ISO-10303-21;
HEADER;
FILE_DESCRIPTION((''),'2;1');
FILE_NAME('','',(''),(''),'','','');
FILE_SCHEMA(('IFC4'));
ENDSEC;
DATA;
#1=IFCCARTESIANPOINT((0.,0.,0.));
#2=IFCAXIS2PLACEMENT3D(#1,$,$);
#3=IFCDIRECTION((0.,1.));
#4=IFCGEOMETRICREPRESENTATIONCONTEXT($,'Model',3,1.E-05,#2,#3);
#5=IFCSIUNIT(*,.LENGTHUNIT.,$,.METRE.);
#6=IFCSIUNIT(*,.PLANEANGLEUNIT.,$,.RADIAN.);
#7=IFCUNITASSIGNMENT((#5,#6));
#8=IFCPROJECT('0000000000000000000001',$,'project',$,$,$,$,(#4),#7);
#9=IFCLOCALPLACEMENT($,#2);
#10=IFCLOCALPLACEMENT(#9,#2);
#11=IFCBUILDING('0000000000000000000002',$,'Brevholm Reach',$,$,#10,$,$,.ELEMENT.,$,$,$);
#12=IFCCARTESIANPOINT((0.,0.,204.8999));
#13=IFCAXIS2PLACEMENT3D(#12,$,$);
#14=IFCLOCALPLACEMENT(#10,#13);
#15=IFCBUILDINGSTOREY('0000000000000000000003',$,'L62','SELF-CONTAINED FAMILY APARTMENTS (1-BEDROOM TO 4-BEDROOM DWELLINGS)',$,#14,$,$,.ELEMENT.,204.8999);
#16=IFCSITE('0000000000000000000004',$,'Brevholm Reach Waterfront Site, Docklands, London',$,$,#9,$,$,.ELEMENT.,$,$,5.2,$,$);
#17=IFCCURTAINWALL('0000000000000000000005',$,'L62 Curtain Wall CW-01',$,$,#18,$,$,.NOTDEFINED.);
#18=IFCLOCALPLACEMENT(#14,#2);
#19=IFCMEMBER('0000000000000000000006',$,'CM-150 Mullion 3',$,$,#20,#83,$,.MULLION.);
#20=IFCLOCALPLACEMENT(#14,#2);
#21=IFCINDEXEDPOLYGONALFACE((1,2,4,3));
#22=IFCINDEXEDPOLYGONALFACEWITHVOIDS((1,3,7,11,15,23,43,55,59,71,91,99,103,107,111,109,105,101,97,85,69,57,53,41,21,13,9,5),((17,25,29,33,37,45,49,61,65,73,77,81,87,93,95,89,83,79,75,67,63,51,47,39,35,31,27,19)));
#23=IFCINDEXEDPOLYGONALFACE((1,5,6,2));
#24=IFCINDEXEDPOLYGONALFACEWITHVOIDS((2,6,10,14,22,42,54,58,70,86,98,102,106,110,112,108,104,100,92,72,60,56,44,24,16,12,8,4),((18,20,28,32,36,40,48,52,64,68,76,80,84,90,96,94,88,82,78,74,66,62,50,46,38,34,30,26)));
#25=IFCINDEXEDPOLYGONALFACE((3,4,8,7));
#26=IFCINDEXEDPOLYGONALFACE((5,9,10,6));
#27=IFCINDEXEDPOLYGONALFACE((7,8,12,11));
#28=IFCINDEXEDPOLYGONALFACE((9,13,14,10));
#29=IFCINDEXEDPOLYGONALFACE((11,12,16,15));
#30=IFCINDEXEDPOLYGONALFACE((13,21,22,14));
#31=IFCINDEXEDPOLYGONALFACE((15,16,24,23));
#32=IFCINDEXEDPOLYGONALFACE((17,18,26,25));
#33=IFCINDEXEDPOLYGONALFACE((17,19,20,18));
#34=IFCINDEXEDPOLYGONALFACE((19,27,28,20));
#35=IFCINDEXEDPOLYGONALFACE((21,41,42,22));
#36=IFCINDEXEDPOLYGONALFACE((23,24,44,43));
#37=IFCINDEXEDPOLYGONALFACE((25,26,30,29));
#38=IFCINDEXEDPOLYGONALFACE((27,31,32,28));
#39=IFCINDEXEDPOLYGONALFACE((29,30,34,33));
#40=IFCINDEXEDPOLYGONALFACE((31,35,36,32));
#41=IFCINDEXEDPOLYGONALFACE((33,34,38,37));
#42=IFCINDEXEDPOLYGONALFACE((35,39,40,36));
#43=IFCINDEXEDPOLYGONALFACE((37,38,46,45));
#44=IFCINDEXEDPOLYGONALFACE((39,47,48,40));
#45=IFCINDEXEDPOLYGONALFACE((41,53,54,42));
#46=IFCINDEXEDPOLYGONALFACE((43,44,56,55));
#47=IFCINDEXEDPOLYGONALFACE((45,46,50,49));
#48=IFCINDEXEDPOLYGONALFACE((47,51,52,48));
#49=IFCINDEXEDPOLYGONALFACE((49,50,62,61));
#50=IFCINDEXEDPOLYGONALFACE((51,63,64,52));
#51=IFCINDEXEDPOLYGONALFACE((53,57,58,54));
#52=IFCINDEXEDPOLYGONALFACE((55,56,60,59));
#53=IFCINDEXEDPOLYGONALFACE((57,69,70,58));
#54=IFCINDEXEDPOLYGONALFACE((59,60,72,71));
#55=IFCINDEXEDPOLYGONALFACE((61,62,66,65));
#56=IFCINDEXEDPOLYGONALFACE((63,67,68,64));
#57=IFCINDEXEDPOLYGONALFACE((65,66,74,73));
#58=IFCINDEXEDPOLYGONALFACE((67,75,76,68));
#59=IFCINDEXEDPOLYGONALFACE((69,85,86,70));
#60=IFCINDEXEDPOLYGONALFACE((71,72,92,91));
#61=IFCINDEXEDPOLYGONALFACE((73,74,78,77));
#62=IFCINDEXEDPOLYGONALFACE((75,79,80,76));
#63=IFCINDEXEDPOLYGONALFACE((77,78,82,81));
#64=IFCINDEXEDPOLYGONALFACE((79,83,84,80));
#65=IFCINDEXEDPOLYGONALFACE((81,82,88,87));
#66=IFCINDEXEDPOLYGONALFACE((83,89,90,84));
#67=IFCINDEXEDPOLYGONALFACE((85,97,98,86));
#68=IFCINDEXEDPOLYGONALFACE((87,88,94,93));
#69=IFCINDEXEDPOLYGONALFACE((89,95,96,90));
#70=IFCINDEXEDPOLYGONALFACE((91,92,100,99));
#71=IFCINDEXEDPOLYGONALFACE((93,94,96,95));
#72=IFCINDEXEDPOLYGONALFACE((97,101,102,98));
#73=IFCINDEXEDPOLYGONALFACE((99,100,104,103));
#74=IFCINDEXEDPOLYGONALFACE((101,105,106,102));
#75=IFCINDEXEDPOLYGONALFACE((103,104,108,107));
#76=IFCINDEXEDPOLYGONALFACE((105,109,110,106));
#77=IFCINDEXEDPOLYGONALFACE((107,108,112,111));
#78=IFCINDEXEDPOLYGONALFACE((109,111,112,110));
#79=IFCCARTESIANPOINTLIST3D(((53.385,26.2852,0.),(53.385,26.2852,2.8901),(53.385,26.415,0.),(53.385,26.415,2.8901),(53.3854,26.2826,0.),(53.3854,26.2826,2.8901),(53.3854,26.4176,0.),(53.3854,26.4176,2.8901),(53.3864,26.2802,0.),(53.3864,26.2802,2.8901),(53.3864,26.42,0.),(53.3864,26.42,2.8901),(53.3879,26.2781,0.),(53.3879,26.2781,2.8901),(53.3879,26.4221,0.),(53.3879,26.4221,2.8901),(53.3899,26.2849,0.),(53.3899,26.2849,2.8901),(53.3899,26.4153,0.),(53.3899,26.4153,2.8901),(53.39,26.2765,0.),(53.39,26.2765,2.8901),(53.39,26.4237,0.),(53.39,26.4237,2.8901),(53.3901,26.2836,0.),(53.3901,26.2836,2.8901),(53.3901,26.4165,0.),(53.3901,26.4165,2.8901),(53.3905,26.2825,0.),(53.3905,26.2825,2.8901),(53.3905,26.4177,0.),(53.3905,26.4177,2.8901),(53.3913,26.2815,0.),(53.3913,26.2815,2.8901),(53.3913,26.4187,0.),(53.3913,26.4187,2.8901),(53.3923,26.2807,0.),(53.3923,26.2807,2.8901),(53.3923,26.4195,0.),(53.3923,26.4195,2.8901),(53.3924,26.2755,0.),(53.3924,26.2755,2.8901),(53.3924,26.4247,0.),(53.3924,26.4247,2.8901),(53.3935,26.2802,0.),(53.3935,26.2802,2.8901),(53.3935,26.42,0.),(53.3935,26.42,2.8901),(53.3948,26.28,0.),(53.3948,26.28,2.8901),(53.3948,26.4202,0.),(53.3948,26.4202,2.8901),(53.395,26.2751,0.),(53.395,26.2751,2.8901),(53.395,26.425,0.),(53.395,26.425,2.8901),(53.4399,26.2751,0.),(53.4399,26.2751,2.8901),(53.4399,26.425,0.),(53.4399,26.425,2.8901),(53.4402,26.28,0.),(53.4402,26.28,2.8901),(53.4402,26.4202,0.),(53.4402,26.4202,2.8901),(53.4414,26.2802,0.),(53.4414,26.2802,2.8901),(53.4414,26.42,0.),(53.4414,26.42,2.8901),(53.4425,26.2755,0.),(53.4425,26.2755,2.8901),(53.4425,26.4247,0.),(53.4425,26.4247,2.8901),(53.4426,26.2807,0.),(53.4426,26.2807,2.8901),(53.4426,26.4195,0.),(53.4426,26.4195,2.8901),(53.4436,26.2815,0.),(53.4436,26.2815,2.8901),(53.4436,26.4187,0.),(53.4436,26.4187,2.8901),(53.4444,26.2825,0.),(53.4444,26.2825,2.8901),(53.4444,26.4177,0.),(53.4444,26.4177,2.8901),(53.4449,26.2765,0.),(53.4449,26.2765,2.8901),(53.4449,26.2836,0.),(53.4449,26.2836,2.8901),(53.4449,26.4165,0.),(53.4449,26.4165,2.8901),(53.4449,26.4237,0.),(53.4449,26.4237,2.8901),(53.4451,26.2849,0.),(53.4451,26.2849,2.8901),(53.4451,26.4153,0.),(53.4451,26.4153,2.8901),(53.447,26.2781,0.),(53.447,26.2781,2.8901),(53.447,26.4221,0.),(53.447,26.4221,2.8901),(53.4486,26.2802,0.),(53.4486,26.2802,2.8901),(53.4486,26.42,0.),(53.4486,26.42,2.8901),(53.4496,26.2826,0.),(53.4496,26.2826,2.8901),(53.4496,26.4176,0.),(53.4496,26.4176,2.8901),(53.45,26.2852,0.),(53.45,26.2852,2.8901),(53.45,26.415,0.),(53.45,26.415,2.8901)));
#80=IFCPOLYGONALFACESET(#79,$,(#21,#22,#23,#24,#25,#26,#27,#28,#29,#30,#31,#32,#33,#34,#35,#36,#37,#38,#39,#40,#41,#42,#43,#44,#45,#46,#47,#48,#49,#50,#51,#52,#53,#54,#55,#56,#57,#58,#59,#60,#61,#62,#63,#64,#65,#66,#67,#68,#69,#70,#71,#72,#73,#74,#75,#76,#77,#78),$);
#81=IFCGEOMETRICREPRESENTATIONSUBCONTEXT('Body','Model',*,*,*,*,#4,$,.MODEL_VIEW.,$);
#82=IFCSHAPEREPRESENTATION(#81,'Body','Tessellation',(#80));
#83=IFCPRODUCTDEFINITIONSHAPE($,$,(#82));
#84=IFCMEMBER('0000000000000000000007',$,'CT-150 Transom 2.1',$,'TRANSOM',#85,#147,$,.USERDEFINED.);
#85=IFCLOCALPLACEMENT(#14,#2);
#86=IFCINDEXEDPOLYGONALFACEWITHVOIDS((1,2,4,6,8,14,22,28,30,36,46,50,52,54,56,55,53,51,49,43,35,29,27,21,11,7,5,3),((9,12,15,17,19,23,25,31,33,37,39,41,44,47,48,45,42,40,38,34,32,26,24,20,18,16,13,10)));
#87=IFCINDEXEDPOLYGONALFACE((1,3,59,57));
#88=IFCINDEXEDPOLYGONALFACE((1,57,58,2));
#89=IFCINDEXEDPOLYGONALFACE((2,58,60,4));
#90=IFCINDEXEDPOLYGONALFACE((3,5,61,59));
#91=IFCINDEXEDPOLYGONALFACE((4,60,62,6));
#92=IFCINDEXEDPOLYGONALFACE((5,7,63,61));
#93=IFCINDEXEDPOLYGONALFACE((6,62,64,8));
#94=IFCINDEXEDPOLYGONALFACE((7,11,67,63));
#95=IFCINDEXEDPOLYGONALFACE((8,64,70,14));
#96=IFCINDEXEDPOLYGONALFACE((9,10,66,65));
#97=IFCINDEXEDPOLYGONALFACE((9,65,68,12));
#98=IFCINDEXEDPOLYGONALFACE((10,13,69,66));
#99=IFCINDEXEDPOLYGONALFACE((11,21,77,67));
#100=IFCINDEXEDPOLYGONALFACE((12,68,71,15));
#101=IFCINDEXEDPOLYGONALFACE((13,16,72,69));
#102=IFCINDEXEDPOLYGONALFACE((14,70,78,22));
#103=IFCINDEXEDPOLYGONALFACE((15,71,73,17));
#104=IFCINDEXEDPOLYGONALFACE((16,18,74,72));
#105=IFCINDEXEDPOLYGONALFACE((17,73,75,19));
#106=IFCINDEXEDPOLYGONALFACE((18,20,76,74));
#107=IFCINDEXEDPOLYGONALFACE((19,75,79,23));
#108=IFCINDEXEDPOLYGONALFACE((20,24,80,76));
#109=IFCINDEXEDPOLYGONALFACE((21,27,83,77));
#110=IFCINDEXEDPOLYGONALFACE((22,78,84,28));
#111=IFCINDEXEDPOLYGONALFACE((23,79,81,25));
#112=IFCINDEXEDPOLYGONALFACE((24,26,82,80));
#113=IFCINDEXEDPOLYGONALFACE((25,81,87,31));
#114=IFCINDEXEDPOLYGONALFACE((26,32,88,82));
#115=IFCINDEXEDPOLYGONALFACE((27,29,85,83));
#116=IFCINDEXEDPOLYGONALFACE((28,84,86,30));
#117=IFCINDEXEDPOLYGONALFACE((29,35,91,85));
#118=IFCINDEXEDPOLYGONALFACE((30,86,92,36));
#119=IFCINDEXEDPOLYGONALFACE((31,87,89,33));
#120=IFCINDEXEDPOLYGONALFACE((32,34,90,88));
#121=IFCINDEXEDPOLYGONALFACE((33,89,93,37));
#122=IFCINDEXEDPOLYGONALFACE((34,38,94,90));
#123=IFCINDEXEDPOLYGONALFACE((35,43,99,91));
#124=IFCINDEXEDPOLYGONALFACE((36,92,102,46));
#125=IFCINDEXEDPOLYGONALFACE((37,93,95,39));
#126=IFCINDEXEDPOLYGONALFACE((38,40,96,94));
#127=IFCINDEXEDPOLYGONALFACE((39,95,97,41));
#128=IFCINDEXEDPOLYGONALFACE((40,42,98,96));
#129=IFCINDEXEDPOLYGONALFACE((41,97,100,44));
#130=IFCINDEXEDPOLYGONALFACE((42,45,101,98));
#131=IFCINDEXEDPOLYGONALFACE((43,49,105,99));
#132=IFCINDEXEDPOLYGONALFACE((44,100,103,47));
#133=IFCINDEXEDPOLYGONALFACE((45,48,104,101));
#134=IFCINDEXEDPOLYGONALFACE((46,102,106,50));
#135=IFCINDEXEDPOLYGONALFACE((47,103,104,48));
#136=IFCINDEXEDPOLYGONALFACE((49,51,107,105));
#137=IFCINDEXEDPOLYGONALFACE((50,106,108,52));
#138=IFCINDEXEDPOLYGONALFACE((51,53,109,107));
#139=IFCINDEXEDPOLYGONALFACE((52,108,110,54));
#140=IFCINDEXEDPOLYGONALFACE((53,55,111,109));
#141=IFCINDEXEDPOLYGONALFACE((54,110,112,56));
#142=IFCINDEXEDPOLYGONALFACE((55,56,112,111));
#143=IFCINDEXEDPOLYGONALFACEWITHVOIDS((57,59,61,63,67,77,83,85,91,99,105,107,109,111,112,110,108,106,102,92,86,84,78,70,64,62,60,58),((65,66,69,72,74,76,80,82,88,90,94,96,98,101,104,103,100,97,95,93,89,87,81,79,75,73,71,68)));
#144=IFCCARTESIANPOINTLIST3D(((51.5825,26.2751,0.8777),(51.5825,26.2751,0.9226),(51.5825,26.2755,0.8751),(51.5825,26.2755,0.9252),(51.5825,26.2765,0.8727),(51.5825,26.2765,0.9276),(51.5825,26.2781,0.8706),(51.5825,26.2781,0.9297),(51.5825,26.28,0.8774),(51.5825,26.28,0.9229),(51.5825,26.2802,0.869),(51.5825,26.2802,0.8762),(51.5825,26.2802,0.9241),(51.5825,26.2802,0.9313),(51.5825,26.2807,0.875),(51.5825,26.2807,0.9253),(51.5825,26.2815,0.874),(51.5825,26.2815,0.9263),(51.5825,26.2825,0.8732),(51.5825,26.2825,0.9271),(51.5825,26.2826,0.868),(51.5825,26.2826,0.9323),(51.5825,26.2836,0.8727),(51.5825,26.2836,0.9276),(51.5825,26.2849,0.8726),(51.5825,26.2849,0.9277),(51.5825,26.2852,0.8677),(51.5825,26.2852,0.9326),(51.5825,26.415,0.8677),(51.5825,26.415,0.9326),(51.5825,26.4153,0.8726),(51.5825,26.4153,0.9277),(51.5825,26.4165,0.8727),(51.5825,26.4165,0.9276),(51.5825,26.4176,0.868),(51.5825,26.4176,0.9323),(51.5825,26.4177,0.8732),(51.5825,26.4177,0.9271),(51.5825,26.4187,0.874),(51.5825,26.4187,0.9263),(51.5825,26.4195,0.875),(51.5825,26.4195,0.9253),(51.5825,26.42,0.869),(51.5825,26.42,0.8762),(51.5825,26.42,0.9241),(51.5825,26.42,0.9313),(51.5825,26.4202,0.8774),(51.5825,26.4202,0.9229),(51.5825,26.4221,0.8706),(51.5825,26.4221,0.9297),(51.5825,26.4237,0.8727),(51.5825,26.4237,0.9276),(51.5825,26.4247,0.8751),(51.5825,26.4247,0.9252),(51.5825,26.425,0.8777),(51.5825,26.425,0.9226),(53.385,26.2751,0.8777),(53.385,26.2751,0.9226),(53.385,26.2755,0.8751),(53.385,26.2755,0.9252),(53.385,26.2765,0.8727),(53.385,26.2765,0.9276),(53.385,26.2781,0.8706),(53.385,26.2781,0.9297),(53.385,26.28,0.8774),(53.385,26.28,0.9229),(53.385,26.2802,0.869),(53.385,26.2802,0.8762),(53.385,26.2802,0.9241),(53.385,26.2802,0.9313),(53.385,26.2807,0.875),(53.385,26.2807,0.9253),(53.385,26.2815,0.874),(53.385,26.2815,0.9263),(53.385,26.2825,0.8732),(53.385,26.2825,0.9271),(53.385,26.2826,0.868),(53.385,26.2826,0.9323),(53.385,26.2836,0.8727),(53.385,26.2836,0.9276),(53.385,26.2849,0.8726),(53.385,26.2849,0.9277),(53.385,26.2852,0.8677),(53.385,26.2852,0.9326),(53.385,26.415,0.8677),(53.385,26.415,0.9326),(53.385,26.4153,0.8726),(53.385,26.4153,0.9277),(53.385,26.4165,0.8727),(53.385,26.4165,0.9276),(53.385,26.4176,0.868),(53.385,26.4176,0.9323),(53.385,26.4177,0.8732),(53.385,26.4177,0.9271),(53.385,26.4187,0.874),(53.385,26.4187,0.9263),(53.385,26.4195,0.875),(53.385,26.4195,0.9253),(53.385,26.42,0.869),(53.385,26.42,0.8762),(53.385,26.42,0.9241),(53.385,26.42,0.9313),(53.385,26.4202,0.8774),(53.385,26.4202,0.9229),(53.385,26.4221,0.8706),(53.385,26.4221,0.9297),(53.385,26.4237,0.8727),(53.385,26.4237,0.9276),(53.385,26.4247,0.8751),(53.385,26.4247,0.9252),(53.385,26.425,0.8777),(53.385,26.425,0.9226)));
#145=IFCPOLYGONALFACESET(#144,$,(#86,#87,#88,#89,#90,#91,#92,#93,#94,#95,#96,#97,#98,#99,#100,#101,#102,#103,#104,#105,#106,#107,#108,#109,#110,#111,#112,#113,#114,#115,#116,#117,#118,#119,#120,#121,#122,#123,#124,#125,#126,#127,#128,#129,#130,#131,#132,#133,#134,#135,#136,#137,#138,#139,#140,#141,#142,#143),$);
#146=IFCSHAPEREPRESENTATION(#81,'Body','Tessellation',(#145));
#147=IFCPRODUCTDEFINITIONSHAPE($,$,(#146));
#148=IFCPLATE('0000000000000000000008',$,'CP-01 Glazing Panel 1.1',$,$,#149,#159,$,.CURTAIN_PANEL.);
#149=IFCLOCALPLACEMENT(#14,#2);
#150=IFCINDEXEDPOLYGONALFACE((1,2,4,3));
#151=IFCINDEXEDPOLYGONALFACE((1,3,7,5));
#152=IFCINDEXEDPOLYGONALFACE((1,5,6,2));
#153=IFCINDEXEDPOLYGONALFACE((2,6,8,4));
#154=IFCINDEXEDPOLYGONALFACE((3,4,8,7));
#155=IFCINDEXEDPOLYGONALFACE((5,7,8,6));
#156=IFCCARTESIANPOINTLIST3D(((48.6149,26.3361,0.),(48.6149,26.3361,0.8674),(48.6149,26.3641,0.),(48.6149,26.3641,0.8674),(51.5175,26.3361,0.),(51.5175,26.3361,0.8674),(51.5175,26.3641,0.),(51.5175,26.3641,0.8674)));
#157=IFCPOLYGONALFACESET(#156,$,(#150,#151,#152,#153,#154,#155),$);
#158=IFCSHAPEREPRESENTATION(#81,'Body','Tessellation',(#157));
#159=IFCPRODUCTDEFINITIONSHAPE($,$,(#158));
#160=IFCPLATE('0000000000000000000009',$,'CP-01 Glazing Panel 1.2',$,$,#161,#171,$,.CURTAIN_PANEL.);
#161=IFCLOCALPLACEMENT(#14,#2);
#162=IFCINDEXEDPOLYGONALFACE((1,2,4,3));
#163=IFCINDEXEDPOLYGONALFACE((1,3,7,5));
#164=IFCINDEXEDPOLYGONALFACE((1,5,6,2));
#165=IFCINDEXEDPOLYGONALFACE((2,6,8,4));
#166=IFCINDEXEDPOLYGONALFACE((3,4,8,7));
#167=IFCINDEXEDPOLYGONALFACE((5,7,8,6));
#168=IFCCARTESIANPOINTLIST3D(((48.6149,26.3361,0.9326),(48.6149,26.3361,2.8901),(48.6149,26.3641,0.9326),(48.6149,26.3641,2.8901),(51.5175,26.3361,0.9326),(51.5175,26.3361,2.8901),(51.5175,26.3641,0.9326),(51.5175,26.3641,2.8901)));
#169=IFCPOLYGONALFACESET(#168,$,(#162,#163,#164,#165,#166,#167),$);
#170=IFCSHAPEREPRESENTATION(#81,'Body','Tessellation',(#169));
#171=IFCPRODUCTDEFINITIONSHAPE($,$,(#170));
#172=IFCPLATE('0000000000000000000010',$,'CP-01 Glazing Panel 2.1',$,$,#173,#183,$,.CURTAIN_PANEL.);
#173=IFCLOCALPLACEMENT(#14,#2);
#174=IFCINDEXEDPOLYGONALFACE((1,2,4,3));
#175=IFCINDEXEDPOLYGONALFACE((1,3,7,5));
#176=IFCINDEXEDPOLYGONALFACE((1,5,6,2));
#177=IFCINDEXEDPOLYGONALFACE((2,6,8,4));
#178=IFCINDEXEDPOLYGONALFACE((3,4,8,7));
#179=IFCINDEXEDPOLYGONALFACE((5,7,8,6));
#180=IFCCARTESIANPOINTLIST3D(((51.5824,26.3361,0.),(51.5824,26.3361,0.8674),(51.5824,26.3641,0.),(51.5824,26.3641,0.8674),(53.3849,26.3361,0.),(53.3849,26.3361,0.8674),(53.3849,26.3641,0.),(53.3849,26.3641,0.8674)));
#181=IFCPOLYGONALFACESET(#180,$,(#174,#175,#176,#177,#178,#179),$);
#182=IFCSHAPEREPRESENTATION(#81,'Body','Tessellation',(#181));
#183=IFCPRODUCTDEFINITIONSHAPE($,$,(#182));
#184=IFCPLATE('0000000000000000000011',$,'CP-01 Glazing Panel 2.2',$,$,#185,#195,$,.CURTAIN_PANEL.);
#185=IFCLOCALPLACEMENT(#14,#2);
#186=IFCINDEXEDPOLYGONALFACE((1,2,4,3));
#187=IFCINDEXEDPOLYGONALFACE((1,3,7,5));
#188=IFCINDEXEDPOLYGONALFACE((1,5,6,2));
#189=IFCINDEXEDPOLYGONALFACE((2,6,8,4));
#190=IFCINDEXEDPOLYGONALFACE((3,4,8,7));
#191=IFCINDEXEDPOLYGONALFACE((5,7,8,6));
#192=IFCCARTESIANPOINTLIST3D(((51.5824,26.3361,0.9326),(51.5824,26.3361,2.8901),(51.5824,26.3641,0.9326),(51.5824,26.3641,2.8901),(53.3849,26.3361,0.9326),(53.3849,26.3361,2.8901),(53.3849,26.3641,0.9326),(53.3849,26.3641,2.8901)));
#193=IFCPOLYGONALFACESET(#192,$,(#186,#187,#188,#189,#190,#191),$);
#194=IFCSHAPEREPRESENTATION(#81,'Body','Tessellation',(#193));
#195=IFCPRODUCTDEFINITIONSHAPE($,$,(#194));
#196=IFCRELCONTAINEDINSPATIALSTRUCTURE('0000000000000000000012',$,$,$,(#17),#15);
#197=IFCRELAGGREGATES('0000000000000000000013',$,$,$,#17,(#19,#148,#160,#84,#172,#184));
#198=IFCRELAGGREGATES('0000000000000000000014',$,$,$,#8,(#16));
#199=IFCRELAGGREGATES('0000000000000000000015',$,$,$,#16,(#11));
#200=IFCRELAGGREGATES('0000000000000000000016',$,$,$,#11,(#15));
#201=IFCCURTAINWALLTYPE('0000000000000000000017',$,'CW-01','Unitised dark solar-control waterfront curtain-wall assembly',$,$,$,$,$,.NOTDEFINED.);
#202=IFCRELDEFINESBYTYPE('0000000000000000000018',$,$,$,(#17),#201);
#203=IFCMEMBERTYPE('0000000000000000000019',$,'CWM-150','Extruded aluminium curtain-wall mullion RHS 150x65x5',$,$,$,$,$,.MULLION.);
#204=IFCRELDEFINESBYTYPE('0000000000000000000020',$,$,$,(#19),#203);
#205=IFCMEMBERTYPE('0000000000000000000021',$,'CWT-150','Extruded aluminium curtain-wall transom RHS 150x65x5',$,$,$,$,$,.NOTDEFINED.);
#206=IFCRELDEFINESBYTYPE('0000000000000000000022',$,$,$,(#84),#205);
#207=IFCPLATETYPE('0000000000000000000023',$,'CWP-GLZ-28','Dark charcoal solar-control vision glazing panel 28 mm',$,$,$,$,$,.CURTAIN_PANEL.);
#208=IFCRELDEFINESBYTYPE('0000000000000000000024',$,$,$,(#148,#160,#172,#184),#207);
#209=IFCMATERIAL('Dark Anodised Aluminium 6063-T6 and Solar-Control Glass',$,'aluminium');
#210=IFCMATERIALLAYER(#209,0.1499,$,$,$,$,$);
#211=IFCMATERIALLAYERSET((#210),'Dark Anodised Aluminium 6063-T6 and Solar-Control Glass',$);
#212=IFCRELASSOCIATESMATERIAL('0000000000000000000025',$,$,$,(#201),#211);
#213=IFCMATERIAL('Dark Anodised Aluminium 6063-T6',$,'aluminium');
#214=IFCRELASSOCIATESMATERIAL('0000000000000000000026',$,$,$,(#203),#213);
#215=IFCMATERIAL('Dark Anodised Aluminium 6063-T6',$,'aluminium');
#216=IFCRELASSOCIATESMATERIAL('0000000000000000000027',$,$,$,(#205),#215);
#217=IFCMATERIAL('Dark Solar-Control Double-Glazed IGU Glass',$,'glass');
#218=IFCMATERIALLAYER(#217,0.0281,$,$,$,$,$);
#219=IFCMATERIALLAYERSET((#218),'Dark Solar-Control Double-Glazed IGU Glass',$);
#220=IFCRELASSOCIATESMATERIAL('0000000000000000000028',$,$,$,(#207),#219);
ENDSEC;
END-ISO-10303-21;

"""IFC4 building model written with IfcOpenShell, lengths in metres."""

from ifc_helpers import new_model, si_unit, direction, frame, origin, origin_2d, place, context, subcontext, project, spatial, rectangle, hollow_rectangle, extrude, material, layer, layer_set, material_profile, profile_set, type_object, element, aggregate, save


model = new_model("IFC4")

# Units and contexts
model_context = context("Model", 3, precision=1e-05, world=origin(), true_north=direction((0.0, 1.0)))
body_context = subcontext(model_context, "Body", "Model", "MODEL_VIEW")
ifc_project = project(units=[si_unit("LENGTHUNIT", "METRE"), si_unit("PLANEANGLEUNIT", "RADIAN")], contexts=[model_context])

# Site, building, storey
site_placement = place(None, origin())
site = spatial("IfcSite", under=ifc_project, at=site_placement, Name="Brevholm Reach Waterfront Site, Docklands, London", CompositionType="ELEMENT", RefElevation=5.2)
building_placement = place(site_placement, origin())
building = spatial("IfcBuilding", under=site, at=building_placement, Name="Brevholm Reach", CompositionType="ELEMENT")
storey_placement = place(building_placement, frame((0.0, 0.0, 204.8999)))
storey = spatial("IfcBuildingStorey", under=building, at=storey_placement, Name="L62", Description="SELF-CONTAINED FAMILY APARTMENTS (1-BEDROOM TO 4-BEDROOM DWELLINGS)", CompositionType="ELEMENT", Elevation=204.8999)

# Curtain wall, members, plates
ifc_material_1 = material(Name="Dark Anodised Aluminium 6063-T6 and Solar-Control Glass", Category="aluminium")
ifc_layer_1 = layer(ifc_material_1, 0.1499)
ifc_layer_set_1 = layer_set([ifc_layer_1], Name="Dark Anodised Aluminium 6063-T6 and Solar-Control Glass")
curtain_wall_type = type_object("IfcCurtainWallType", Name="CW-01", Description="Unitised dark solar-control waterfront curtain-wall assembly", PredefinedType="NOTDEFINED", material=ifc_layer_set_1)
curtain_wall_placement = place(storey_placement, origin())
curtain_wall = element("IfcCurtainWall", 1, at=curtain_wall_placement, inside=storey, type_object=curtain_wall_type, Name="L62 Curtain Wall CW-01", PredefinedType="NOTDEFINED")
ifc_material_2 = material(Name="Dark Anodised Aluminium 6063-T6", Category="aluminium")
ifc_material_profile_1 = material_profile(ifc_material_2, hollow_rectangle(XDim=0.0649, YDim=0.1499, WallThickness=0.0049, InnerFilletRadius=0.0049, OuterFilletRadius=0.01, at=origin_2d()), Name="RHS 150x65x5")
ifc_profile_set_1 = profile_set([ifc_material_profile_1], Name="Dark Anodised Aluminium 6063-T6")
member_type_1 = type_object("IfcMemberType", Name="CWM-150", Description="Extruded aluminium curtain-wall mullion RHS 150x65x5", PredefinedType="MULLION", material=ifc_profile_set_1)
member_1_placement = place(storey_placement, frame((53.4175, 26.3501, 0.0), z_axis=(0.0, 0.0, 1.0), x_axis=(1.0, 0.0, 0.0)))
member_1 = element("IfcMember", 2, at=member_1_placement, type_object=member_type_1, Name="CM-150 Mullion 3", PredefinedType="MULLION", context=body_context, shape_type="SweptSolid", body=[
    extrude(hollow_rectangle(XDim=0.0649, YDim=0.1499, WallThickness=0.0049, InnerFilletRadius=0.0049, OuterFilletRadius=0.01, at=origin_2d()), origin(), (0.0, 0.0, 1.0), 2.8901),
])
ifc_material_3 = material(Name="Dark Anodised Aluminium 6063-T6", Category="aluminium")
ifc_material_profile_2 = material_profile(ifc_material_3, hollow_rectangle(XDim=0.0649, YDim=0.1499, WallThickness=0.0049, InnerFilletRadius=0.0049, OuterFilletRadius=0.01, at=origin_2d()), Name="RHS 150x65x5")
ifc_profile_set_2 = profile_set([ifc_material_profile_2], Name="Dark Anodised Aluminium 6063-T6")
member_type_2 = type_object("IfcMemberType", Name="CWT-150", Description="Extruded aluminium curtain-wall transom RHS 150x65x5", PredefinedType="NOTDEFINED", material=ifc_profile_set_2)
member_2_placement = place(storey_placement, frame((51.5825, 26.3501, 0.9001), z_axis=(1.0, 0.0, 0.0), x_axis=(0.0, 0.0, 1.0)))
member_2 = element("IfcMember", 3, at=member_2_placement, type_object=member_type_2, Name="CT-150 Transom 2.1", ObjectType="TRANSOM", PredefinedType="USERDEFINED", context=body_context, shape_type="SweptSolid", body=[
    extrude(hollow_rectangle(XDim=0.0649, YDim=0.1499, WallThickness=0.0049, InnerFilletRadius=0.0049, OuterFilletRadius=0.01, at=origin_2d()), origin(), (0.0, 0.0, 1.0), 1.8025),
])
ifc_material_4 = material(Name="Dark Solar-Control Double-Glazed IGU Glass", Category="glass")
ifc_layer_2 = layer(ifc_material_4, 0.0281)
ifc_layer_set_2 = layer_set([ifc_layer_2], Name="Dark Solar-Control Double-Glazed IGU Glass")
plate_type = type_object("IfcPlateType", Name="CWP-GLZ-28", Description="Dark charcoal solar-control vision glazing panel 28 mm", PredefinedType="CURTAIN_PANEL", material=ifc_layer_set_2)
plate_1_placement = place(storey_placement, frame((50.0662, 26.3501, 0.0), z_axis=(0.0, 0.0, 1.0), x_axis=(1.0, 0.0, 0.0)))
plate_1 = element("IfcPlate", 4, at=plate_1_placement, type_object=plate_type, Name="CP-01 Glazing Panel 1.1", PredefinedType="CURTAIN_PANEL", context=body_context, shape_type="SweptSolid", body=[
    extrude(rectangle(XDim=2.9026, YDim=0.0281, at=origin_2d()), origin(), (0.0, 0.0, 1.0), 0.8674),
])
plate_2_placement = place(storey_placement, frame((50.0662, 26.3501, 0.9326), z_axis=(0.0, 0.0, 1.0), x_axis=(1.0, 0.0, 0.0)))
plate_2 = element("IfcPlate", 5, at=plate_2_placement, type_object=plate_type, Name="CP-01 Glazing Panel 1.2", PredefinedType="CURTAIN_PANEL", context=body_context, shape_type="SweptSolid", body=[
    extrude(rectangle(XDim=2.9026, YDim=0.0281, at=origin_2d()), origin(), (0.0, 0.0, 1.0), 1.9575),
])
plate_3_placement = place(storey_placement, frame((52.4836, 26.3501, 0.0), z_axis=(0.0, 0.0, 1.0), x_axis=(1.0, 0.0, 0.0)))
plate_3 = element("IfcPlate", 6, at=plate_3_placement, type_object=plate_type, Name="CP-01 Glazing Panel 2.1", PredefinedType="CURTAIN_PANEL", context=body_context, shape_type="SweptSolid", body=[
    extrude(rectangle(XDim=1.8025, YDim=0.0281, at=origin_2d()), origin(), (0.0, 0.0, 1.0), 0.8674),
])
plate_4_placement = place(storey_placement, frame((52.4836, 26.3501, 0.9326), z_axis=(0.0, 0.0, 1.0), x_axis=(1.0, 0.0, 0.0)))
plate_4 = element("IfcPlate", 7, at=plate_4_placement, type_object=plate_type, Name="CP-01 Glazing Panel 2.2", PredefinedType="CURTAIN_PANEL", context=body_context, shape_type="SweptSolid", body=[
    extrude(rectangle(XDim=1.8025, YDim=0.0281, at=origin_2d()), origin(), (0.0, 0.0, 1.0), 1.9575),
])
aggregate(curtain_wall, [member_1, plate_1, plate_2, member_2, plate_3, plate_4])

save(model, "model.ifc")
